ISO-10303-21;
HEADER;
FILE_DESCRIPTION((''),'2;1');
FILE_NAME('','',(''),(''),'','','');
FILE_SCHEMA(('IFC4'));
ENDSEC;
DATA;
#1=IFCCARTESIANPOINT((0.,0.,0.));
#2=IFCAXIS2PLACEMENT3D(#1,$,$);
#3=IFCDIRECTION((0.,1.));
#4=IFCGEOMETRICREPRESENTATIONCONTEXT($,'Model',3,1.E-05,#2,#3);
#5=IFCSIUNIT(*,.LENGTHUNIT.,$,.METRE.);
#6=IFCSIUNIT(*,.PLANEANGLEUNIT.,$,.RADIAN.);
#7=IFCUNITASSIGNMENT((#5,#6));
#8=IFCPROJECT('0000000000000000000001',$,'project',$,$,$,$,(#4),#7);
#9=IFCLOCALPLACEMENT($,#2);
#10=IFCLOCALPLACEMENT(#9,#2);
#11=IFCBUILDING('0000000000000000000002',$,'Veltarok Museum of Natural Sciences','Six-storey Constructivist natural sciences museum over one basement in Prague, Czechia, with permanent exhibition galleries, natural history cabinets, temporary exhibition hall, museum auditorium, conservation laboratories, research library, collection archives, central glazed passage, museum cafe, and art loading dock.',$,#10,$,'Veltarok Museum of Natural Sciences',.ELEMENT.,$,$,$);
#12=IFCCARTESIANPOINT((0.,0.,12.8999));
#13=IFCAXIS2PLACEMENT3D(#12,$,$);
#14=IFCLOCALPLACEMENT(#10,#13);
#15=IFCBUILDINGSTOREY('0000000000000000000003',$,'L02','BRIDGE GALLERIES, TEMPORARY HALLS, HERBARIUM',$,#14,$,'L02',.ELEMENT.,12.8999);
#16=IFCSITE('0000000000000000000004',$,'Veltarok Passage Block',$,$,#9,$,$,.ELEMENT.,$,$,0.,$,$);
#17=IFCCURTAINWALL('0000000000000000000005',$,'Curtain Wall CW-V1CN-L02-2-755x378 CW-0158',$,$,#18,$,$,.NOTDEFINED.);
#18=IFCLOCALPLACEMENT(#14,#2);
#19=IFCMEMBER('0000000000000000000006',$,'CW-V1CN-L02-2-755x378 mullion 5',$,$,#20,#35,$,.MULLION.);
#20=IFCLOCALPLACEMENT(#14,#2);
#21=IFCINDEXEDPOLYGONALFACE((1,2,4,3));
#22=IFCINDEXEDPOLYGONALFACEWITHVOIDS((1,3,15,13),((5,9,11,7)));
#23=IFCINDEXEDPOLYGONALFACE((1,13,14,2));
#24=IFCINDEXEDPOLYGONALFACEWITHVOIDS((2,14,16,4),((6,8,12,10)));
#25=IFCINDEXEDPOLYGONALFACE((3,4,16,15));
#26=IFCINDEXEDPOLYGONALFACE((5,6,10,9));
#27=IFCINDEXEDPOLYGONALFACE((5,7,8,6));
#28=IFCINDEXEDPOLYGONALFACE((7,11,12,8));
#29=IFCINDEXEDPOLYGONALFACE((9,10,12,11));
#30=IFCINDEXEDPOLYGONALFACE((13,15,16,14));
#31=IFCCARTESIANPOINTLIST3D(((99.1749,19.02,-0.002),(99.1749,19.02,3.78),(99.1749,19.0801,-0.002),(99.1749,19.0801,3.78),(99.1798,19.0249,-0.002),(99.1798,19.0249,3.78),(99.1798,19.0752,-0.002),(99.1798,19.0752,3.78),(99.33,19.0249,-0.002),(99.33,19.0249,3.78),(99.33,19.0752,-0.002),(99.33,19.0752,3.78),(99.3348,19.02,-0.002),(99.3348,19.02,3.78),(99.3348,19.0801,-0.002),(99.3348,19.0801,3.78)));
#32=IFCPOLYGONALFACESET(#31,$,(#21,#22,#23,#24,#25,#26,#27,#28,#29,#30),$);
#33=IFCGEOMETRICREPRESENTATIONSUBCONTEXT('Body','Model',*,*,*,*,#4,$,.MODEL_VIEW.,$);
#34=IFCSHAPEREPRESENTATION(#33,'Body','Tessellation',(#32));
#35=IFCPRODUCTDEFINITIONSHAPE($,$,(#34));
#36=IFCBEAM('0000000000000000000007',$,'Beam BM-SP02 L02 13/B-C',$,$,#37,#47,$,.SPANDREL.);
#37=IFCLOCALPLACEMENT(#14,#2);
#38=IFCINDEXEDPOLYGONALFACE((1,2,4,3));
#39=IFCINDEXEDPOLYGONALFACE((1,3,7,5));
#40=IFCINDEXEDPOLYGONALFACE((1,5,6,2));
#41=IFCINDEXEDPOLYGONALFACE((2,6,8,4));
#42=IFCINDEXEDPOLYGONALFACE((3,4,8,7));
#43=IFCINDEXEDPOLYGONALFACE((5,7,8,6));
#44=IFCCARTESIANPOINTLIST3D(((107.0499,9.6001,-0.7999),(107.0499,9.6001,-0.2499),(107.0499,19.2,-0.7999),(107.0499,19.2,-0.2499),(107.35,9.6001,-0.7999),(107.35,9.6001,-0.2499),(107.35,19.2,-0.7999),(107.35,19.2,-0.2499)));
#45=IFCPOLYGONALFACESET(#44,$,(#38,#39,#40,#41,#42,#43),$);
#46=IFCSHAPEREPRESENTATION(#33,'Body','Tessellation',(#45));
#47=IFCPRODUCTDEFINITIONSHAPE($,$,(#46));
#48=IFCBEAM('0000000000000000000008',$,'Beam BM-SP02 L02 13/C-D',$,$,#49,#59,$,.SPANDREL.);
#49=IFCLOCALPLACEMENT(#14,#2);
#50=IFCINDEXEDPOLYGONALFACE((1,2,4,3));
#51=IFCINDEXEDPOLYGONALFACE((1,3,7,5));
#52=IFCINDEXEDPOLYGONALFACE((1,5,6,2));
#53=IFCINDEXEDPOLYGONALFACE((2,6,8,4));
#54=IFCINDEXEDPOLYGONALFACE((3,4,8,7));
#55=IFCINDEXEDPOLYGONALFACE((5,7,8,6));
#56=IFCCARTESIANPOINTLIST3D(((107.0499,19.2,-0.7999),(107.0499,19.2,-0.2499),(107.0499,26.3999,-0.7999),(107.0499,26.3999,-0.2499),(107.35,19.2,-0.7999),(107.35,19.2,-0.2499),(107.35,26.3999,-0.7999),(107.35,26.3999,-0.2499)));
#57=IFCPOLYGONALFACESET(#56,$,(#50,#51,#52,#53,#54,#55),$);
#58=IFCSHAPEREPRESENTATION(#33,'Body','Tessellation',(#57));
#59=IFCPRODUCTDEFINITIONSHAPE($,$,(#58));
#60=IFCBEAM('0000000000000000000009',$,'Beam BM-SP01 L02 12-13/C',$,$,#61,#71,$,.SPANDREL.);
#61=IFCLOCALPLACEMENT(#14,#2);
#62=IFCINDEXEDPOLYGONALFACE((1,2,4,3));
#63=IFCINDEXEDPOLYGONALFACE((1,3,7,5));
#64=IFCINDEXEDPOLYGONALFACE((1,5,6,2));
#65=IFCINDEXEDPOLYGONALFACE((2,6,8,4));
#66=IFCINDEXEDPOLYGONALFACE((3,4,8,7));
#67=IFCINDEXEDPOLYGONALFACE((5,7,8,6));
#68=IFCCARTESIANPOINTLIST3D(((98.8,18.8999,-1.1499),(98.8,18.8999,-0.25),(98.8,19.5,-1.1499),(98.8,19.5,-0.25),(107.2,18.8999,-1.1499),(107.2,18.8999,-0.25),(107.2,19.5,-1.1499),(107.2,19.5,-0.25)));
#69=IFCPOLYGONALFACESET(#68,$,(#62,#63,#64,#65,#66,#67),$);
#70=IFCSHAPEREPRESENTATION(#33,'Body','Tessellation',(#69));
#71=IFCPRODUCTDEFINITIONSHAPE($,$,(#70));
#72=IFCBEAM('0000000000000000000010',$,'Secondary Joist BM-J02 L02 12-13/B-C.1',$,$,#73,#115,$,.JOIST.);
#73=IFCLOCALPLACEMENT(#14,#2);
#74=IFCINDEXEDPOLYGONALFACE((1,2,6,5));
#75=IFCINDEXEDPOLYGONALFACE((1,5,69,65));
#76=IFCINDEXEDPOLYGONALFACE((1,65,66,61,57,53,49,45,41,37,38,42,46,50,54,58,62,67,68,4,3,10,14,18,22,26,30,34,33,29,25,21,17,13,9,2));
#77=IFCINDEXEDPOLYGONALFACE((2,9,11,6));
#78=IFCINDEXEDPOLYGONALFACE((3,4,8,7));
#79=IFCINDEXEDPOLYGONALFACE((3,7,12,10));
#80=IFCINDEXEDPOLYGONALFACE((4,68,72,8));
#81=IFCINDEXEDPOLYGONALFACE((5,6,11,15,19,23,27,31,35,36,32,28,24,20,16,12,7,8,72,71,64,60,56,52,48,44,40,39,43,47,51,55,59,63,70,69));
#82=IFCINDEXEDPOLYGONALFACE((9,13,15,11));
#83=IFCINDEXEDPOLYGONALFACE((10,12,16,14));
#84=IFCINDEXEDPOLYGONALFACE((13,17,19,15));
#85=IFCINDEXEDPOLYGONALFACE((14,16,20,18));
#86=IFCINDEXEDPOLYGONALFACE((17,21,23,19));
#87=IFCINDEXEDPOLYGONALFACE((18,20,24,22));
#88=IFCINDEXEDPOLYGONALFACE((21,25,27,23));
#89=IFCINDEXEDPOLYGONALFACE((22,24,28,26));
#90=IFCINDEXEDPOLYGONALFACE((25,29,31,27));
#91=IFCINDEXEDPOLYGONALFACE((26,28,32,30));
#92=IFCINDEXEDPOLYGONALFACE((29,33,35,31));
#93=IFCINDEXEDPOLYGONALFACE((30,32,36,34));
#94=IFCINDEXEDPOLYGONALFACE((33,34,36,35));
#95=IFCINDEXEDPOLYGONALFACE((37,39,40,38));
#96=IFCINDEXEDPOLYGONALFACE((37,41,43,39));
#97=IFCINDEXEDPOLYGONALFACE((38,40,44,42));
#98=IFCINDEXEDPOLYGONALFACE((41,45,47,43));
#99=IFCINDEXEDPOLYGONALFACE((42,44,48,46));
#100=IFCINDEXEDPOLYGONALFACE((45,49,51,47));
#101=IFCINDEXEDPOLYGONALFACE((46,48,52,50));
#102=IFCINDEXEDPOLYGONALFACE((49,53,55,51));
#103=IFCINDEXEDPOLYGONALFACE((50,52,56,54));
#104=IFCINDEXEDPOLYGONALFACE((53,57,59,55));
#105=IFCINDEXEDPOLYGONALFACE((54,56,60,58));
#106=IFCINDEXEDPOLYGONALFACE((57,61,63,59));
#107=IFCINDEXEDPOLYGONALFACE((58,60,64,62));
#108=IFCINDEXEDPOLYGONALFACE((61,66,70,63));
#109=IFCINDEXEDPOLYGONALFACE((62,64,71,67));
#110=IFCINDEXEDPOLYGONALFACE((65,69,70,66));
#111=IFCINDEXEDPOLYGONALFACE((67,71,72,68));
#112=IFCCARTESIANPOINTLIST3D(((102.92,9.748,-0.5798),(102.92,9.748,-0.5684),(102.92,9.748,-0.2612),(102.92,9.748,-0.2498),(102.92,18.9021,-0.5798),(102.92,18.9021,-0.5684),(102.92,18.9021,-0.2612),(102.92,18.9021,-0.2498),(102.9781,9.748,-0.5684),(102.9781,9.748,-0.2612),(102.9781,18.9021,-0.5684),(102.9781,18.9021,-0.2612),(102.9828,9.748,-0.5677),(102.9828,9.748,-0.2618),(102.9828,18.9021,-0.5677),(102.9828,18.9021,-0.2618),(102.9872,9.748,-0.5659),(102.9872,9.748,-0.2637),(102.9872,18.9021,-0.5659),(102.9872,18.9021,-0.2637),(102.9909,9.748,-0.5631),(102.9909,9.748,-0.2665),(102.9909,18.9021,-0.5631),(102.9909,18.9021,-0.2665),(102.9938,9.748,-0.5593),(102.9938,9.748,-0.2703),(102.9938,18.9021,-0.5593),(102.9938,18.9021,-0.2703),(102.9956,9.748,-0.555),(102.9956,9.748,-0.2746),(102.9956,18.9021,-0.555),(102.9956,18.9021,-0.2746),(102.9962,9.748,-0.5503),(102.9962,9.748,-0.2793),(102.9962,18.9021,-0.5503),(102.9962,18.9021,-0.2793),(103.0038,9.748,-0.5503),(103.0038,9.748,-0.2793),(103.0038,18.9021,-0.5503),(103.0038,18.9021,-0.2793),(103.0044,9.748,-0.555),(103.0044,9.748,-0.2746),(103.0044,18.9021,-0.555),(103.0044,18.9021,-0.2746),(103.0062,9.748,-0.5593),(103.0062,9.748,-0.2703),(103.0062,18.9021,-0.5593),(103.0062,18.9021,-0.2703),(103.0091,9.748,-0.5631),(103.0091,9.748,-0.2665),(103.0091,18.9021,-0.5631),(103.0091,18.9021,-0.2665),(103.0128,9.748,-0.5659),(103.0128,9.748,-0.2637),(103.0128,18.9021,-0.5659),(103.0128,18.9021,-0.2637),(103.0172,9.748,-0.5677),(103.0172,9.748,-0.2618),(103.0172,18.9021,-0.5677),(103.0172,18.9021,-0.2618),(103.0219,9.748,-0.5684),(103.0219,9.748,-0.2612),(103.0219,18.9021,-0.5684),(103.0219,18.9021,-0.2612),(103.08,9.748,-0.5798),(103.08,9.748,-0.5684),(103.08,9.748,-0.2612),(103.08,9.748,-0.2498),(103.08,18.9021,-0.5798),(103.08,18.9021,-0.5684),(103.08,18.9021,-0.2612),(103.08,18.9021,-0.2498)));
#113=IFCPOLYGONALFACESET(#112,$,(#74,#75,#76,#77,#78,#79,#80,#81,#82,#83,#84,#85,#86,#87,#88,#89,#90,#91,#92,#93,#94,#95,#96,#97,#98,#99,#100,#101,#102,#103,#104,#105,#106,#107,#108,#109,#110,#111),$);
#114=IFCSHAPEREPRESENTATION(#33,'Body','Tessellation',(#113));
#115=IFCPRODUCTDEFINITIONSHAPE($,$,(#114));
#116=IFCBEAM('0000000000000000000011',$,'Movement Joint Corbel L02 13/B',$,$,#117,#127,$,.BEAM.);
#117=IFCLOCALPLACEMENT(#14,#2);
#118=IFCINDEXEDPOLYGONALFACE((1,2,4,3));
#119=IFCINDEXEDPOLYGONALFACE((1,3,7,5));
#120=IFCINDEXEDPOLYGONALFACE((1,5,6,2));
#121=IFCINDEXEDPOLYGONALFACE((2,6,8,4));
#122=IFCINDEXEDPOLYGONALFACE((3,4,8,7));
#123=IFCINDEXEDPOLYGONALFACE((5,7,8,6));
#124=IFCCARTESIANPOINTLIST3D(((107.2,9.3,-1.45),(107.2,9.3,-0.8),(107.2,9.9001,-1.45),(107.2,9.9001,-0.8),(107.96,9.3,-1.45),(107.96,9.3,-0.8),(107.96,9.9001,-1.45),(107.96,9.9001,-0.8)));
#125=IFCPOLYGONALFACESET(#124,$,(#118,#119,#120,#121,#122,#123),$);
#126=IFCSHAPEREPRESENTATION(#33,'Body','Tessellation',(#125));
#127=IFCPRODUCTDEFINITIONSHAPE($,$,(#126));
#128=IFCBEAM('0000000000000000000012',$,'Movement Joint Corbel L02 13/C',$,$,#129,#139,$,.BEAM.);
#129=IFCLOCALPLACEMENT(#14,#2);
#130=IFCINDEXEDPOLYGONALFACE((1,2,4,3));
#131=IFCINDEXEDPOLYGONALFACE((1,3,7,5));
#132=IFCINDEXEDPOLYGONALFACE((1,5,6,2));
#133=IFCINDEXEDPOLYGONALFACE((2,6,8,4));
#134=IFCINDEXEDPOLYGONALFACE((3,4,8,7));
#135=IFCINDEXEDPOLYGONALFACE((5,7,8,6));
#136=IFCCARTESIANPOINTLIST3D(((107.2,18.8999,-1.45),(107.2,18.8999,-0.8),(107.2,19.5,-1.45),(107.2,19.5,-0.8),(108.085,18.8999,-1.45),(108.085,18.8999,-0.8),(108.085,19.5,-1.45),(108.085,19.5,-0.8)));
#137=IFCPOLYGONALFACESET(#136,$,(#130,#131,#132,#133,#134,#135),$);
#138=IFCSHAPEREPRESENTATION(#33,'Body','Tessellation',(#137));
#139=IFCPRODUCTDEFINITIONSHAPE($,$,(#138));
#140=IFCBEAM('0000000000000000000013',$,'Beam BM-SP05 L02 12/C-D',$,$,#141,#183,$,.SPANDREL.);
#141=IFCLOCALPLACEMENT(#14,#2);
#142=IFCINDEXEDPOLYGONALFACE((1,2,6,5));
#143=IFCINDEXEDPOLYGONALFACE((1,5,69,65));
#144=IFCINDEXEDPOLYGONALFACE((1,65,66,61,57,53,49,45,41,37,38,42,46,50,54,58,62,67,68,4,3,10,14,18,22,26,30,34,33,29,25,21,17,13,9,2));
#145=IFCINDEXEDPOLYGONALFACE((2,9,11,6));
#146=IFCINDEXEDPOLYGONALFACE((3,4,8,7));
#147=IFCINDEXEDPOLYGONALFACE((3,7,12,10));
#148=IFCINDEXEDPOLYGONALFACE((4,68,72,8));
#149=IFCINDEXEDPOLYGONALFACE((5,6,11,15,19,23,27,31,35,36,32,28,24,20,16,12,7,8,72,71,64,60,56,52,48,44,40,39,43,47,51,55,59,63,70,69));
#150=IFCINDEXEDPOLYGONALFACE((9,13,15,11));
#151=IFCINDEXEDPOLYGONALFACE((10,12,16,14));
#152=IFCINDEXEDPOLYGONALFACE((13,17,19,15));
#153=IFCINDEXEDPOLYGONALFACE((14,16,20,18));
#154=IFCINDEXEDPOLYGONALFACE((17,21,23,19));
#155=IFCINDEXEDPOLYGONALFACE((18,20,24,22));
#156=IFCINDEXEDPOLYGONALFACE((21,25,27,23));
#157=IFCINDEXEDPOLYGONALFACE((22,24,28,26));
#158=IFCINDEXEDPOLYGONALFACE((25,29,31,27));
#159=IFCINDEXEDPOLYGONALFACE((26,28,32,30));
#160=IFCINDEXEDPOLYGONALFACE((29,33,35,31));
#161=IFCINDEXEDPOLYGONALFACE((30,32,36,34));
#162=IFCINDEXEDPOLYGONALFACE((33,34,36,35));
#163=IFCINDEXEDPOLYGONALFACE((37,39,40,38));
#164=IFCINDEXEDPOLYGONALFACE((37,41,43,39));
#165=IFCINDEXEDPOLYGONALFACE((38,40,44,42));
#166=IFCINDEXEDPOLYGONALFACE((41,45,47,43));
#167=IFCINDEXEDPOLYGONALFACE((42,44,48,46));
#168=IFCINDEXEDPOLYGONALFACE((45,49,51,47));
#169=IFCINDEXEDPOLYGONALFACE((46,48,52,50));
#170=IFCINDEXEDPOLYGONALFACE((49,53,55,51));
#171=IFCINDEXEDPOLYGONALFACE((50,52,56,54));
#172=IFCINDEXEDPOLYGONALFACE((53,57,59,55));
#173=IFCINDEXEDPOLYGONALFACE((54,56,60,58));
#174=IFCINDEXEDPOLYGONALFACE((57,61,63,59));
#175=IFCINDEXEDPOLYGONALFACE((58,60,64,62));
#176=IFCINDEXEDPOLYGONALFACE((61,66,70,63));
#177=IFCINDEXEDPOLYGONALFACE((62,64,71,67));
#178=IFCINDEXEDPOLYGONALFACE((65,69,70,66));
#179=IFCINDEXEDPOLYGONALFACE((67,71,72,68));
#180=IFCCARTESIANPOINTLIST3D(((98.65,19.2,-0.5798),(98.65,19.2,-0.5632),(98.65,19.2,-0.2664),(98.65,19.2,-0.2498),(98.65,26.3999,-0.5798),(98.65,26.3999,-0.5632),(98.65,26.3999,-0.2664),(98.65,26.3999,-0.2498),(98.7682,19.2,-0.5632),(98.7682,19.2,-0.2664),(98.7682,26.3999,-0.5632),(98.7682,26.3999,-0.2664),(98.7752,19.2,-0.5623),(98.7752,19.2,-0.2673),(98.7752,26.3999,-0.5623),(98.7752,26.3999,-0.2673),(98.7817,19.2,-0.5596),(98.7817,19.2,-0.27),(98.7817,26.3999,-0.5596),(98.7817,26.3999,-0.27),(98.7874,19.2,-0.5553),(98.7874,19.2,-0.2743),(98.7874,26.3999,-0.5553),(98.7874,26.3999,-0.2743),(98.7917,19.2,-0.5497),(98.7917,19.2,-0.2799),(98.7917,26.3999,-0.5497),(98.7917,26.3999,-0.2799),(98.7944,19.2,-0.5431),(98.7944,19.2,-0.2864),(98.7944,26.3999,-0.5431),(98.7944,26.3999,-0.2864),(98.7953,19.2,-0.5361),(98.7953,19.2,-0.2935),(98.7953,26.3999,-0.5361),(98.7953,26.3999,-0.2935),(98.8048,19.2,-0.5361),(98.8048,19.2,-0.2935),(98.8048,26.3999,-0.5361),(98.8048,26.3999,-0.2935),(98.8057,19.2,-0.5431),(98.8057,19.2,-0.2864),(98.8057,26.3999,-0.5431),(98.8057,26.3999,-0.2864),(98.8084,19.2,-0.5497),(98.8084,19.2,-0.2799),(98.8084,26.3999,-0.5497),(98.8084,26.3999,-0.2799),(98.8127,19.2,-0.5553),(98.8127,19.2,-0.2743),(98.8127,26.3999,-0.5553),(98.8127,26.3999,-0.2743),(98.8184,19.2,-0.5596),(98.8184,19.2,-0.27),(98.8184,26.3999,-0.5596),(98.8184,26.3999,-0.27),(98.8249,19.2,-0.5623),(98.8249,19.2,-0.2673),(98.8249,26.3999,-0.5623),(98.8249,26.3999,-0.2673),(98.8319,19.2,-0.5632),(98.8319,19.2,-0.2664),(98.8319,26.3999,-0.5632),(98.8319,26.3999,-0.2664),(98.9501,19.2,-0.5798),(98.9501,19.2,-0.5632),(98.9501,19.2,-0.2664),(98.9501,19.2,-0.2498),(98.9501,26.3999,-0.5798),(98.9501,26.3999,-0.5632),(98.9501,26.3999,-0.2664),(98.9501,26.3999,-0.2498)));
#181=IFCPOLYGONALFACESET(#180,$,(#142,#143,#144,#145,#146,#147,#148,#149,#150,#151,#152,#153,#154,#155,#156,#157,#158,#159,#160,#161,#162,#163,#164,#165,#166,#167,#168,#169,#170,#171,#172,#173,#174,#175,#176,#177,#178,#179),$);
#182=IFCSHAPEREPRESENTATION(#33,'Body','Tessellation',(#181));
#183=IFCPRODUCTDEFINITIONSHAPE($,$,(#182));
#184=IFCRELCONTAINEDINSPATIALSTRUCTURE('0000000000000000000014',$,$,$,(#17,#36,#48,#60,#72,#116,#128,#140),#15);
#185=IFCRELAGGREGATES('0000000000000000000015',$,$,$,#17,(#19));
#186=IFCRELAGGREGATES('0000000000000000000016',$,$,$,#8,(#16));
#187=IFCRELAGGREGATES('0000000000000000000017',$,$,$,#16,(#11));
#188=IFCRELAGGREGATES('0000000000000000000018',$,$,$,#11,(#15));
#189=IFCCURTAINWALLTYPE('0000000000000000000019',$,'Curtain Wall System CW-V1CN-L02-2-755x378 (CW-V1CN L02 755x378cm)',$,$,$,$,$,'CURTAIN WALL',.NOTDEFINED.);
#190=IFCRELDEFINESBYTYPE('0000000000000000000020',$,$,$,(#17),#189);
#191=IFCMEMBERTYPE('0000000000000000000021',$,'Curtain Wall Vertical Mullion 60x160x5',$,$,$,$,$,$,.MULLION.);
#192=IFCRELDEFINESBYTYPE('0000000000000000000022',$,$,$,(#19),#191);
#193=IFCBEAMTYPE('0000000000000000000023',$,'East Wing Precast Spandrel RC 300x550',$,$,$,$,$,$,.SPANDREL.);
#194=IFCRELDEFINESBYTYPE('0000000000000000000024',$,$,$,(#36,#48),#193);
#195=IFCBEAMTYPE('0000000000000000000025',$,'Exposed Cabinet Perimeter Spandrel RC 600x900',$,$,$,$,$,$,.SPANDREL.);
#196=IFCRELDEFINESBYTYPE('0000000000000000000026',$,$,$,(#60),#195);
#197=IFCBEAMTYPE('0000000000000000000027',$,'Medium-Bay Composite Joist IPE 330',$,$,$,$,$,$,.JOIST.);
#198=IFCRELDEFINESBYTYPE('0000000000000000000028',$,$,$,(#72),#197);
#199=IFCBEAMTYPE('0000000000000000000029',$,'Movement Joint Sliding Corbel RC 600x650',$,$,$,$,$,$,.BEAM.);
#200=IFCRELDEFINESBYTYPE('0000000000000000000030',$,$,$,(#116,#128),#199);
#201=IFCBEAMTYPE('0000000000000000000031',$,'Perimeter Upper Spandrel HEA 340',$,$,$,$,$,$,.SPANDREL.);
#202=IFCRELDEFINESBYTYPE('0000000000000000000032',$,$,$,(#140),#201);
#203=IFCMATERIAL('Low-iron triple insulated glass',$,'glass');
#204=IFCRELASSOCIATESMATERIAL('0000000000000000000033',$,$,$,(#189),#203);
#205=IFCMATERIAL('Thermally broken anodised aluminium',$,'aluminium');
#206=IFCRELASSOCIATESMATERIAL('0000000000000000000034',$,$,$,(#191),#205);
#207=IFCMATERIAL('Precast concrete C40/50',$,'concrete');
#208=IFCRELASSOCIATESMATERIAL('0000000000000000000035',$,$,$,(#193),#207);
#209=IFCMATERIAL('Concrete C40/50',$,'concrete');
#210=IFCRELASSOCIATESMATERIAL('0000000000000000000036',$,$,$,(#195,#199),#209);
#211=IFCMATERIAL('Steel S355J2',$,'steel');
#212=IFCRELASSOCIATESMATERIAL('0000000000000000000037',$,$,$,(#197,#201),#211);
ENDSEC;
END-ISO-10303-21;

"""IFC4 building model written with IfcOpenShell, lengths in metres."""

from ifc_helpers import new_model, si_unit, direction, frame, origin, origin_2d, place, context, subcontext, project, spatial, rectangle, hollow_rectangle, i_section, extrude, material, material_profile, profile_set, type_object, element, aggregate, save


model = new_model("IFC4")

# Units and contexts
model_context = context("Model", 3, precision=1e-05, world=origin(), true_north=direction((0.0, 1.0)))
body_context = subcontext(model_context, "Body", "Model", "MODEL_VIEW")
ifc_project = project(units=[si_unit("LENGTHUNIT", "METRE"), si_unit("PLANEANGLEUNIT", "RADIAN")], contexts=[model_context])

# Site, building, storey
site_placement = place(None, origin())
site = spatial("IfcSite", under=ifc_project, at=site_placement, Name="Veltarok Passage Block", CompositionType="ELEMENT", RefElevation=0.0)
building_placement = place(site_placement, origin())
building = spatial("IfcBuilding", under=site, at=building_placement, Name="Veltarok Museum of Natural Sciences", Description="Six-storey Constructivist natural sciences museum over one basement in Prague, Czechia, with permanent exhibition galleries, natural history cabinets, temporary exhibition hall, museum auditorium, conservation laboratories, research library, collection archives, central glazed passage, museum cafe, and art loading dock.", LongName="Veltarok Museum of Natural Sciences", CompositionType="ELEMENT")
storey_placement = place(building_placement, frame((0.0, 0.0, 12.8999)))
storey = spatial("IfcBuildingStorey", under=building, at=storey_placement, Name="L02", Description="BRIDGE GALLERIES, TEMPORARY HALLS, HERBARIUM", LongName="L02", CompositionType="ELEMENT", Elevation=12.8999)

# Shared definitions
ifc_material_1 = material(Name="Concrete C40/50", Category="concrete")

# Shared definitions
ifc_material_2 = material(Name="Steel S355J2", Category="steel")

# Curtain wall, member
ifc_material_3 = material(Name="Low-iron triple insulated glass", Category="glass")
curtain_wall_type = type_object("IfcCurtainWallType", Name="Curtain Wall System CW-V1CN-L02-2-755x378 (CW-V1CN L02 755x378cm)", ElementType="CURTAIN WALL", PredefinedType="NOTDEFINED", material=ifc_material_3)
curtain_wall_placement = place(storey_placement, origin())
curtain_wall = element("IfcCurtainWall", 1, at=curtain_wall_placement, inside=storey, type_object=curtain_wall_type, Name="Curtain Wall CW-V1CN-L02-2-755x378 CW-0158", PredefinedType="NOTDEFINED")
ifc_material_4 = material(Name="Thermally broken anodised aluminium", Category="aluminium")
ifc_material_profile_1 = material_profile(ifc_material_4, hollow_rectangle(XDim=0.0601, YDim=0.1599, WallThickness=0.0049, at=origin_2d()), Name="CW MULLION 60x160x5")
ifc_profile_set_1 = profile_set([ifc_material_profile_1], Name="Thermally broken anodised aluminium")
member_type_1 = type_object("IfcMemberType", Name="Curtain Wall Vertical Mullion 60x160x5", PredefinedType="MULLION", material=ifc_profile_set_1)
member_1_placement = place(storey_placement, frame((99.2549, 19.05, -0.002), z_axis=(0.0, 0.0, 1.0), x_axis=(0.0, -1.0, 0.0)))
member_1 = element("IfcMember", 2, at=member_1_placement, type_object=member_type_1, Name="CW-V1CN-L02-2-755x378 mullion 5", PredefinedType="MULLION", context=body_context, shape_type="SweptSolid", body=[
    extrude(hollow_rectangle(XDim=0.0601, YDim=0.1599, WallThickness=0.0049, at=origin_2d()), origin(), (0.0, 0.0, 1.0), 3.782),
])

# Beams
ifc_material_5 = material(Name="Precast concrete C40/50", Category="concrete")
ifc_material_profile_2 = material_profile(ifc_material_5, rectangle(XDim=0.3, YDim=0.55, at=origin_2d()), Name="RC 300x550")
ifc_profile_set_2 = profile_set([ifc_material_profile_2], Name="Precast concrete C40/50")
beam_type_1 = type_object("IfcBeamType", Name="East Wing Precast Spandrel RC 300x550", PredefinedType="SPANDREL", material=ifc_profile_set_2)
beam_1_placement = place(storey_placement, frame((107.2, 9.6001, -0.5249), z_axis=(0.0, 1.0, 0.0), x_axis=(-1.0, 0.0, 0.0)))
element("IfcBeam", 3, at=beam_1_placement, inside=storey, type_object=beam_type_1, Name="Beam BM-SP02 L02 13/B-C", PredefinedType="SPANDREL", context=body_context, shape_type="SweptSolid", body=[
    extrude(rectangle(XDim=0.3, YDim=0.55, at=origin_2d()), origin(), (0.0, 0.0, 1.0), 9.5999),
])
beam_2_placement = place(storey_placement, frame((107.2, 19.2, -0.5249), z_axis=(0.0, 1.0, 0.0), x_axis=(-1.0, 0.0, 0.0)))
element("IfcBeam", 4, at=beam_2_placement, inside=storey, type_object=beam_type_1, Name="Beam BM-SP02 L02 13/C-D", PredefinedType="SPANDREL", context=body_context, shape_type="SweptSolid", body=[
    extrude(rectangle(XDim=0.3, YDim=0.55, at=origin_2d()), origin(), (0.0, 0.0, 1.0), 7.2),
])
ifc_material_profile_3 = material_profile(ifc_material_1, rectangle(XDim=0.6001, YDim=0.8999, at=origin_2d()), Name="RC 600x900")
ifc_profile_set_3 = profile_set([ifc_material_profile_3], Name="Concrete C40/50")
beam_type_2 = type_object("IfcBeamType", Name="Exposed Cabinet Perimeter Spandrel RC 600x900", PredefinedType="SPANDREL", material=ifc_profile_set_3)
beam_3_placement = place(storey_placement, frame((98.8, 19.2, -0.7), z_axis=(1.0, 0.0, 0.0), x_axis=(0.0, 1.0, 0.0)))
element("IfcBeam", 5, at=beam_3_placement, inside=storey, type_object=beam_type_2, Name="Beam BM-SP01 L02 12-13/C", PredefinedType="SPANDREL", context=body_context, shape_type="SweptSolid", body=[
    extrude(rectangle(XDim=0.6001, YDim=0.8999, at=origin_2d()), origin(), (0.0, 0.0, 1.0), 8.3999),
])
ifc_material_profile_4 = material_profile(ifc_material_2, i_section(OverallWidth=0.1599, OverallDepth=0.3301, WebThickness=0.0076, FlangeThickness=0.0115, FilletRadius=0.0181, at=origin_2d()), Name="IPE 330")
ifc_profile_set_4 = profile_set([ifc_material_profile_4], Name="Steel S355J2")
beam_type_3 = type_object("IfcBeamType", Name="Medium-Bay Composite Joist IPE 330", PredefinedType="JOIST", material=ifc_profile_set_4)
beam_4_placement = place(storey_placement, frame((103.0, 9.748, -0.4148), z_axis=(0.0, 1.0, 0.0), x_axis=(-1.0, 0.0, 0.0)))
element("IfcBeam", 6, at=beam_4_placement, inside=storey, type_object=beam_type_3, Name="Secondary Joist BM-J02 L02 12-13/B-C.1", PredefinedType="JOIST", context=body_context, shape_type="SweptSolid", body=[
    extrude(i_section(OverallWidth=0.1599, OverallDepth=0.3301, WebThickness=0.0076, FlangeThickness=0.0115, FilletRadius=0.0181, at=origin_2d()), origin(), (0.0, 0.0, 1.0), 9.1541),
])
ifc_material_profile_5 = material_profile(ifc_material_1, rectangle(XDim=0.6001, YDim=0.6499, at=origin_2d()), Name="RC 600x650")
ifc_profile_set_5 = profile_set([ifc_material_profile_5], Name="Concrete C40/50")
beam_type_4 = type_object("IfcBeamType", Name="Movement Joint Sliding Corbel RC 600x650", PredefinedType="BEAM", material=ifc_profile_set_5)
beam_5_placement = place(storey_placement, frame((107.2, 9.6001, -1.125), z_axis=(1.0, 0.0, 0.0), x_axis=(0.0, 1.0, 0.0)))
element("IfcBeam", 7, at=beam_5_placement, inside=storey, type_object=beam_type_4, Name="Movement Joint Corbel L02 13/B", PredefinedType="BEAM", context=body_context, shape_type="SweptSolid", body=[
    extrude(rectangle(XDim=0.6001, YDim=0.6499, at=origin_2d()), origin(), (0.0, 0.0, 1.0), 0.76),
])
beam_6_placement = place(storey_placement, frame((107.2, 19.2, -1.125), z_axis=(1.0, 0.0, 0.0), x_axis=(0.0, 1.0, 0.0)))
element("IfcBeam", 8, at=beam_6_placement, inside=storey, type_object=beam_type_4, Name="Movement Joint Corbel L02 13/C", PredefinedType="BEAM", context=body_context, shape_type="SweptSolid", body=[
    extrude(rectangle(XDim=0.6001, YDim=0.6499, at=origin_2d()), origin(), (0.0, 0.0, 1.0), 0.885),
])
ifc_material_profile_6 = material_profile(ifc_material_2, i_section(OverallWidth=0.3, OverallDepth=0.3301, WebThickness=0.0095, FlangeThickness=0.0166, FilletRadius=0.0271, at=origin_2d()), Name="HEA 340")
ifc_profile_set_6 = profile_set([ifc_material_profile_6], Name="Steel S355J2")
beam_type_5 = type_object("IfcBeamType", Name="Perimeter Upper Spandrel HEA 340", PredefinedType="SPANDREL", material=ifc_profile_set_6)
beam_7_placement = place(storey_placement, frame((98.8, 19.2, -0.4148), z_axis=(0.0, 1.0, 0.0), x_axis=(-1.0, 0.0, 0.0)))
element("IfcBeam", 9, at=beam_7_placement, inside=storey, type_object=beam_type_5, Name="Beam BM-SP05 L02 12/C-D", PredefinedType="SPANDREL", context=body_context, shape_type="SweptSolid", body=[
    extrude(i_section(OverallWidth=0.3, OverallDepth=0.3301, WebThickness=0.0095, FlangeThickness=0.0166, FilletRadius=0.0271, at=origin_2d()), origin(), (0.0, 0.0, 1.0), 7.2),
])

aggregate(curtain_wall, [member_1])

save(model, "model.ifc")
